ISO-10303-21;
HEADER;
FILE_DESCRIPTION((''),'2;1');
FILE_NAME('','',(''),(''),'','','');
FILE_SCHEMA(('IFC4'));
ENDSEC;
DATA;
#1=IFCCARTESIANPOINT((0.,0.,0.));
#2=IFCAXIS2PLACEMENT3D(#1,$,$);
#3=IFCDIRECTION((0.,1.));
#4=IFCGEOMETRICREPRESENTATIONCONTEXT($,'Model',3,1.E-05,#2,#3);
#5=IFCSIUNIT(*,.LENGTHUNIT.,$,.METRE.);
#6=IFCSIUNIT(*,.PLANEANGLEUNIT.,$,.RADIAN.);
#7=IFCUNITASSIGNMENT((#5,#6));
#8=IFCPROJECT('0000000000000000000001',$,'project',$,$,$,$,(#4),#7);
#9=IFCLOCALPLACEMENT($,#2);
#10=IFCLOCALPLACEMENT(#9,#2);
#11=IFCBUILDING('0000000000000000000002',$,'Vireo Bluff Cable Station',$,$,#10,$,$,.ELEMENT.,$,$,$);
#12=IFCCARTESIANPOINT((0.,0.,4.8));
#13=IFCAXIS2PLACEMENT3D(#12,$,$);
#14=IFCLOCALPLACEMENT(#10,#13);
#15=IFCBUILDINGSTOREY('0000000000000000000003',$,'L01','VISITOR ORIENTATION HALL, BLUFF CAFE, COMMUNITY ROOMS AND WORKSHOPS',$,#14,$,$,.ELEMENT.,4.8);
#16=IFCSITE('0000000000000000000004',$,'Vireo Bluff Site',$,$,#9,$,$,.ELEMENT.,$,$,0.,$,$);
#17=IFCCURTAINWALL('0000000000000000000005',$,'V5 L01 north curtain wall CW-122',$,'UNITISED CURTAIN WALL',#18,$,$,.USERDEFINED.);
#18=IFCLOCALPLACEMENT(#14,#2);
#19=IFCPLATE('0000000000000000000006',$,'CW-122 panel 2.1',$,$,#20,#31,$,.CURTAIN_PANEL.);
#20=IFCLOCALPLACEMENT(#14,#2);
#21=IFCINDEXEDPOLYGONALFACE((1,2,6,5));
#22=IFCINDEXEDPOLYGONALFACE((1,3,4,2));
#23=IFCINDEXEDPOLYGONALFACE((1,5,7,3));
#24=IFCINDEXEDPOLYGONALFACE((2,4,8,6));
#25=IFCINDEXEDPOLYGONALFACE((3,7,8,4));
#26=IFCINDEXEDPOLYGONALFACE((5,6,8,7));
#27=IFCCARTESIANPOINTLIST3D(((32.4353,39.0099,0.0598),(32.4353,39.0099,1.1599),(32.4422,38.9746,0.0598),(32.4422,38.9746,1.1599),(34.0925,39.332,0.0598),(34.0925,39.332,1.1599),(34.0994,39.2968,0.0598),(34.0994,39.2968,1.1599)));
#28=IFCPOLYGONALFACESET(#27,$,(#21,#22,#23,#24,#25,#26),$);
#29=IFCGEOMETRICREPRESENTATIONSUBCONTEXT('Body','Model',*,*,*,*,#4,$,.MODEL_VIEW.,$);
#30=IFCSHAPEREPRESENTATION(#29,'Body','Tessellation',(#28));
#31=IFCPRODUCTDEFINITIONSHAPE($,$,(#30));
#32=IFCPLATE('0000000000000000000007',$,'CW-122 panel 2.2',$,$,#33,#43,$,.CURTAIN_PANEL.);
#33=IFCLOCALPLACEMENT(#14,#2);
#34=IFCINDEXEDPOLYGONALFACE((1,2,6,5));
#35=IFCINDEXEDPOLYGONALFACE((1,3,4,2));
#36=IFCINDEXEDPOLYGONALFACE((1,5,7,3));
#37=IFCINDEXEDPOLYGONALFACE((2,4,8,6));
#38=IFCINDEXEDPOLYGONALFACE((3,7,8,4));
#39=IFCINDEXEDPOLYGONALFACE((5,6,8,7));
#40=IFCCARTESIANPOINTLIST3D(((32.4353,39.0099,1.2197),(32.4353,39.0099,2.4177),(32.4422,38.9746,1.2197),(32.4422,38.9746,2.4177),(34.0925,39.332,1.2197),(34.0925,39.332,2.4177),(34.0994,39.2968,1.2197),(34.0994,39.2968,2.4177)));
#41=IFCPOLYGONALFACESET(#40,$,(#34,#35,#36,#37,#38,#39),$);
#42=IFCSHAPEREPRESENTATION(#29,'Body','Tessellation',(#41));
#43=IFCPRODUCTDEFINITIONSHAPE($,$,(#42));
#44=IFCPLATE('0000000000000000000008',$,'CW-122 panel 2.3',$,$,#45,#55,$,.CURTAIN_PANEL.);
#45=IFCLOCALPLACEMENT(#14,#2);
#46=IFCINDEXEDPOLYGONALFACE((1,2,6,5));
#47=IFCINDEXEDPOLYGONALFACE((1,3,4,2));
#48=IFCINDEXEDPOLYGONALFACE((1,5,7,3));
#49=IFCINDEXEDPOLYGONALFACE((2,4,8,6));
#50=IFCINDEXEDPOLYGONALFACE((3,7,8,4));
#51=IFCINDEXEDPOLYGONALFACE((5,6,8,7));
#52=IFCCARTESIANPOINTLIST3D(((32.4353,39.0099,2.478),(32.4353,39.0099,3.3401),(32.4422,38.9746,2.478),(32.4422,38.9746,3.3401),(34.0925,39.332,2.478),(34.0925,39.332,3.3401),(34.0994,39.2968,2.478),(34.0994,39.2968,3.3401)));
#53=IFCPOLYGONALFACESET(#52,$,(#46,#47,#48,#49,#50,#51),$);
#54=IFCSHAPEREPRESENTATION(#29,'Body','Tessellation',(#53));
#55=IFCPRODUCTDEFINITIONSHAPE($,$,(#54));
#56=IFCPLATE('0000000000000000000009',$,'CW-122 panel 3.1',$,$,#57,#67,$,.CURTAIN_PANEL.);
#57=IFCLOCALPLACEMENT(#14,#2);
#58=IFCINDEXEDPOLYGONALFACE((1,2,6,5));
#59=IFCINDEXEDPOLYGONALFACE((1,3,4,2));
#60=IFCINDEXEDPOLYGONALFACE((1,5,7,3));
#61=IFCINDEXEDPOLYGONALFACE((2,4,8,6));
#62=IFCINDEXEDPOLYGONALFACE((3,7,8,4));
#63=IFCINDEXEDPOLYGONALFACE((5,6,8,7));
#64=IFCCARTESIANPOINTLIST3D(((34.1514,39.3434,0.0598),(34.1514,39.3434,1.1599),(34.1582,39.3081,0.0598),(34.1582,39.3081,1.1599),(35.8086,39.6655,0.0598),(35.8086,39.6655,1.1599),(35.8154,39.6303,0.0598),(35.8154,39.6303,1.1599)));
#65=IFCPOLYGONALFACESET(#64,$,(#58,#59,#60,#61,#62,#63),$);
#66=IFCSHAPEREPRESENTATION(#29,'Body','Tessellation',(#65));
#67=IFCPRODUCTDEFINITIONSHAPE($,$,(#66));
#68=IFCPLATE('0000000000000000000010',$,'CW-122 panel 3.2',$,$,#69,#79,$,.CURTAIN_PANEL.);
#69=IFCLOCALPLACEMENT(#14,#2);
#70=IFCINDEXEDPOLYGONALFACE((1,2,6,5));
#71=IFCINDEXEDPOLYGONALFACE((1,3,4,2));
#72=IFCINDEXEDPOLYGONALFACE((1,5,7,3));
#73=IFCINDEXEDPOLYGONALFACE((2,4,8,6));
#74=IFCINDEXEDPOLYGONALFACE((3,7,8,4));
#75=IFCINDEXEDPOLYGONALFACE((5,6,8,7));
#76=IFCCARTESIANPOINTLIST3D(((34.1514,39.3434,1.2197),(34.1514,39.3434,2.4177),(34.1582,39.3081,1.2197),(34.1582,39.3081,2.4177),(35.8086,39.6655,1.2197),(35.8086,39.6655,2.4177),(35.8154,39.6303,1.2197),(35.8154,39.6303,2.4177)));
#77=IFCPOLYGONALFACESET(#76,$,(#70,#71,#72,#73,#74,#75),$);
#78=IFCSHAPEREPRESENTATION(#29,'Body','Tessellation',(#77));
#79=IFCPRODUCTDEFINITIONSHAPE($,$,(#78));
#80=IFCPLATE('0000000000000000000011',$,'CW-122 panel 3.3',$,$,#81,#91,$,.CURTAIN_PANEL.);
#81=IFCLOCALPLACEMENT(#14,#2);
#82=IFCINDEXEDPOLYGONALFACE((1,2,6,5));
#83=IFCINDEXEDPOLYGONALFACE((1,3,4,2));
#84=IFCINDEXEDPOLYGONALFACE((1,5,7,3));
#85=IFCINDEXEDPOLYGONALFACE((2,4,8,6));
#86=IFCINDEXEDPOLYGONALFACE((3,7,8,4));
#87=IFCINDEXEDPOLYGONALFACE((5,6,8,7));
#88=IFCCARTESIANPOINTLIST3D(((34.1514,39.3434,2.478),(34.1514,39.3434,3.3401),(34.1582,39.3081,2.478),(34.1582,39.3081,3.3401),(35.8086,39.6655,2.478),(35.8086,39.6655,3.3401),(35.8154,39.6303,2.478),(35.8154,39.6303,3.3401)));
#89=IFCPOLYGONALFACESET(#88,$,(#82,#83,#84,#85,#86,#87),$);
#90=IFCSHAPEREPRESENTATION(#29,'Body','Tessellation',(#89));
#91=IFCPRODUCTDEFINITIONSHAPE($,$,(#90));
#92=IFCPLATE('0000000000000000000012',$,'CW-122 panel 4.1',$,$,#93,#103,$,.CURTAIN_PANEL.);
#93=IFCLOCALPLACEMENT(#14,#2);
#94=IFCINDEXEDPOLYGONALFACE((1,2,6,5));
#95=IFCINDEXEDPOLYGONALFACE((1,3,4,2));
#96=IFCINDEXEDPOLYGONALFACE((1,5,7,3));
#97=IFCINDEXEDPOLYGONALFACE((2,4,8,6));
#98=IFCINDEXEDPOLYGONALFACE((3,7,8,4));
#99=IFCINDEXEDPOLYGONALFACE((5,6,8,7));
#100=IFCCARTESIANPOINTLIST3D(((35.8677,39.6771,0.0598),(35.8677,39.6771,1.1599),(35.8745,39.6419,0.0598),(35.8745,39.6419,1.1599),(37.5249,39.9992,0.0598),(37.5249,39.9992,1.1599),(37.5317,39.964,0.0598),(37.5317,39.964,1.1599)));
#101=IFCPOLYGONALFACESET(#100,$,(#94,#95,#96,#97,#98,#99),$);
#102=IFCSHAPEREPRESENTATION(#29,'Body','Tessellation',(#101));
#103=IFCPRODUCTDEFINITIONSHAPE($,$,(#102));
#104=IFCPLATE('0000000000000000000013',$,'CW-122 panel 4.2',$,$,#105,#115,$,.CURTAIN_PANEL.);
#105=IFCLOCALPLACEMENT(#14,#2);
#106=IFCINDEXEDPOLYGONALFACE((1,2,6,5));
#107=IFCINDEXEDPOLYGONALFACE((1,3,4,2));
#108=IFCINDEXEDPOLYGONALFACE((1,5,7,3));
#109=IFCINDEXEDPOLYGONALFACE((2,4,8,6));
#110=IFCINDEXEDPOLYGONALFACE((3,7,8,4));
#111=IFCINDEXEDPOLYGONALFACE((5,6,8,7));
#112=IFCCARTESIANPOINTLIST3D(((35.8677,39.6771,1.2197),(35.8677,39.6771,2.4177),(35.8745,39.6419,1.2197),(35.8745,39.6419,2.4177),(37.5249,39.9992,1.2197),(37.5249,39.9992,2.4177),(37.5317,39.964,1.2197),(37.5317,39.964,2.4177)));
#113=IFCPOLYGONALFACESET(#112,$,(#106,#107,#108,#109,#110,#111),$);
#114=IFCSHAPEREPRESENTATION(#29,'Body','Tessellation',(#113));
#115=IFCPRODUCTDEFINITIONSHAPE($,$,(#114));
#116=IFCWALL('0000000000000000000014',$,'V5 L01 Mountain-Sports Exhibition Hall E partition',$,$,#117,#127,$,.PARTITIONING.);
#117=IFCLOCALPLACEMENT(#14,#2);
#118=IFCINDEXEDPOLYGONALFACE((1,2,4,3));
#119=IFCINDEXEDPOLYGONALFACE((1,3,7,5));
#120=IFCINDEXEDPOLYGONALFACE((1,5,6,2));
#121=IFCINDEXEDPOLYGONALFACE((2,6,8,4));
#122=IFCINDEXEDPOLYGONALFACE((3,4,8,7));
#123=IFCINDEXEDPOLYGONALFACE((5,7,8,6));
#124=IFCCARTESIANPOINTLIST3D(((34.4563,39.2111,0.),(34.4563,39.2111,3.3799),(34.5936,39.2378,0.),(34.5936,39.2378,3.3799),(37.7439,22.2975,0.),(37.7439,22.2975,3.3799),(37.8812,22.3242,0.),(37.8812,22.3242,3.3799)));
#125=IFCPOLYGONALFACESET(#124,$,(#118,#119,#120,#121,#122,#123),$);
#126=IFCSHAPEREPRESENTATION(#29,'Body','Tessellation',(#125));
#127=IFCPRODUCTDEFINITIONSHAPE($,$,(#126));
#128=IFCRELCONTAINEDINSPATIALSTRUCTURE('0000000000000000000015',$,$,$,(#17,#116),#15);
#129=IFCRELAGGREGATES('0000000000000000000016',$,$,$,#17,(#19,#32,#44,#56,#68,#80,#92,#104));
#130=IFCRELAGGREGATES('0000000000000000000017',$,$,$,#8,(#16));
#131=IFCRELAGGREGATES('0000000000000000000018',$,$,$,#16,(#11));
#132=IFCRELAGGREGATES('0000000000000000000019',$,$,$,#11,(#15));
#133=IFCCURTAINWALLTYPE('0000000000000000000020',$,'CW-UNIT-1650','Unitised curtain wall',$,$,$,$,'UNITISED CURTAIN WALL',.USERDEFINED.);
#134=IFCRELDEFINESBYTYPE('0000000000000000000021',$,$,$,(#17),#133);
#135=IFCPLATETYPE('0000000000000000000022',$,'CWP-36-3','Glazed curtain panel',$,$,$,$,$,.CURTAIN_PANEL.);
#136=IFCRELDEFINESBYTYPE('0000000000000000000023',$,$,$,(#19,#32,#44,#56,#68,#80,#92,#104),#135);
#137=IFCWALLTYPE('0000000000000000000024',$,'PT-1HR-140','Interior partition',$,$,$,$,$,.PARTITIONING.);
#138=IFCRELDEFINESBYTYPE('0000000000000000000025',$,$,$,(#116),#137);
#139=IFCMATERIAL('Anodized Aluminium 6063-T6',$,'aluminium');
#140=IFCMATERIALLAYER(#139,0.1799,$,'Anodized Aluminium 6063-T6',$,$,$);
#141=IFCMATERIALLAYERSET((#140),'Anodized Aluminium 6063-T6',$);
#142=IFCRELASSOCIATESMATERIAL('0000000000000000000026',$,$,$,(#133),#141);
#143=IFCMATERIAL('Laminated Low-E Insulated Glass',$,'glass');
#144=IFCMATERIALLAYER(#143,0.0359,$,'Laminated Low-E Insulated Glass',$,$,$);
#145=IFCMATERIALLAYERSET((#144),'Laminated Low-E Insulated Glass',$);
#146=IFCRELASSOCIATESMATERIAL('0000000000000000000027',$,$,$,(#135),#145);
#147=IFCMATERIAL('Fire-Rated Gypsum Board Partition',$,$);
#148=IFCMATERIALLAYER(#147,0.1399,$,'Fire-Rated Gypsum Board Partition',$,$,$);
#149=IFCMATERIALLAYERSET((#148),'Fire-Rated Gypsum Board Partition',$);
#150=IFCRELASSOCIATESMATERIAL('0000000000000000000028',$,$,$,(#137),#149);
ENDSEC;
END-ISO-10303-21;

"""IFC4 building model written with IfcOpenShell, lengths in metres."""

from ifc_helpers import new_model, si_unit, direction, frame, frame_2d, origin, origin_2d, place, context, subcontext, project, spatial, rectangle, extrude, material, layer, layer_set, type_object, element, aggregate, save


model = new_model("IFC4")

# Units and contexts
model_context = context("Model", 3, precision=1e-05, world=origin(), true_north=direction((0.0, 1.0)))
body_context = subcontext(model_context, "Body", "Model", "MODEL_VIEW")
ifc_project = project(units=[si_unit("LENGTHUNIT", "METRE"), si_unit("PLANEANGLEUNIT", "RADIAN")], contexts=[model_context])

# Site, building, storey
site_placement = place(None, origin())
site = spatial("IfcSite", under=ifc_project, at=site_placement, Name="Vireo Bluff Site", CompositionType="ELEMENT", RefElevation=0.0)
building_placement = place(site_placement, origin())
building = spatial("IfcBuilding", under=site, at=building_placement, Name="Vireo Bluff Cable Station", CompositionType="ELEMENT")
storey_placement = place(building_placement, frame((0.0, 0.0, 4.8)))
storey = spatial("IfcBuildingStorey", under=building, at=storey_placement, Name="L01", Description="VISITOR ORIENTATION HALL, BLUFF CAFE, COMMUNITY ROOMS AND WORKSHOPS", CompositionType="ELEMENT", Elevation=4.8)

# Curtain wall, plates
ifc_material_1 = material(Name="Anodized Aluminium 6063-T6", Category="aluminium")
ifc_layer_1 = layer(ifc_material_1, 0.1799, Name="Anodized Aluminium 6063-T6")
ifc_layer_set_1 = layer_set([ifc_layer_1], Name="Anodized Aluminium 6063-T6")
curtain_wall_type = type_object("IfcCurtainWallType", Name="CW-UNIT-1650", Description="Unitised curtain wall", ElementType="UNITISED CURTAIN WALL", PredefinedType="USERDEFINED", material=ifc_layer_set_1)
curtain_wall_placement = place(storey_placement, origin())
curtain_wall = element("IfcCurtainWall", 1, at=curtain_wall_placement, inside=storey, type_object=curtain_wall_type, Name="V5 L01 north curtain wall CW-122", ObjectType="UNITISED CURTAIN WALL", PredefinedType="USERDEFINED")
ifc_material_2 = material(Name="Laminated Low-E Insulated Glass", Category="glass")
ifc_layer_2 = layer(ifc_material_2, 0.0359, Name="Laminated Low-E Insulated Glass")
ifc_layer_set_2 = layer_set([ifc_layer_2], Name="Laminated Low-E Insulated Glass")
plate_type = type_object("IfcPlateType", Name="CWP-36-3", Description="Glazed curtain panel", PredefinedType="CURTAIN_PANEL", material=ifc_layer_set_2)
plate_1_placement = place(storey_placement, frame((33.2673, 39.1533, 0.0598), z_axis=(0.0, 0.0, 1.0), x_axis=(0.981627, 0.190809, 0.0)))
plate_1 = element("IfcPlate", 2, at=plate_1_placement, type_object=plate_type, Name="CW-122 panel 2.1", PredefinedType="CURTAIN_PANEL", context=body_context, shape_type="SweptSolid", body=[
    extrude(rectangle(XDim=1.6882, YDim=0.0359, at=origin_2d()), origin(), (0.0, 0.0, 1.0), 1.1001),
])
plate_2_placement = place(storey_placement, frame((33.2673, 39.1533, 1.2197), z_axis=(0.0, 0.0, 1.0), x_axis=(0.981627, 0.190809, 0.0)))
plate_2 = element("IfcPlate", 3, at=plate_2_placement, type_object=plate_type, Name="CW-122 panel 2.2", PredefinedType="CURTAIN_PANEL", context=body_context, shape_type="SweptSolid", body=[
    extrude(rectangle(XDim=1.6882, YDim=0.0359, at=origin_2d()), origin(), (0.0, 0.0, 1.0), 1.198),
])
plate_3_placement = place(storey_placement, frame((33.2673, 39.1533, 2.478), z_axis=(0.0, 0.0, 1.0), x_axis=(0.981627, 0.190809, 0.0)))
plate_3 = element("IfcPlate", 4, at=plate_3_placement, type_object=plate_type, Name="CW-122 panel 2.3", PredefinedType="CURTAIN_PANEL", context=body_context, shape_type="SweptSolid", body=[
    extrude(rectangle(XDim=1.6882, YDim=0.0359, at=origin_2d()), origin(), (0.0, 0.0, 1.0), 0.8621),
])
plate_4_placement = place(storey_placement, frame((34.9834, 39.4868, 0.0598), z_axis=(0.0, 0.0, 1.0), x_axis=(0.981627, 0.190809, 0.0)))
plate_4 = element("IfcPlate", 5, at=plate_4_placement, type_object=plate_type, Name="CW-122 panel 3.1", PredefinedType="CURTAIN_PANEL", context=body_context, shape_type="SweptSolid", body=[
    extrude(rectangle(XDim=1.6882, YDim=0.0359, at=origin_2d()), origin(), (0.0, 0.0, 1.0), 1.1001),
])
plate_5_placement = place(storey_placement, frame((34.9834, 39.4868, 1.2197), z_axis=(0.0, 0.0, 1.0), x_axis=(0.981627, 0.190809, 0.0)))
plate_5 = element("IfcPlate", 6, at=plate_5_placement, type_object=plate_type, Name="CW-122 panel 3.2", PredefinedType="CURTAIN_PANEL", context=body_context, shape_type="SweptSolid", body=[
    extrude(rectangle(XDim=1.6882, YDim=0.0359, at=origin_2d()), origin(), (0.0, 0.0, 1.0), 1.198),
])
plate_6_placement = place(storey_placement, frame((34.9834, 39.4868, 2.478), z_axis=(0.0, 0.0, 1.0), x_axis=(0.981627, 0.190809, 0.0)))
plate_6 = element("IfcPlate", 7, at=plate_6_placement, type_object=plate_type, Name="CW-122 panel 3.3", PredefinedType="CURTAIN_PANEL", context=body_context, shape_type="SweptSolid", body=[
    extrude(rectangle(XDim=1.6882, YDim=0.0359, at=origin_2d()), origin(), (0.0, 0.0, 1.0), 0.8621),
])
plate_7_placement = place(storey_placement, frame((36.6997, 39.8206, 0.0598), z_axis=(0.0, 0.0, 1.0), x_axis=(0.981627, 0.190809, 0.0)))
plate_7 = element("IfcPlate", 8, at=plate_7_placement, type_object=plate_type, Name="CW-122 panel 4.1", PredefinedType="CURTAIN_PANEL", context=body_context, shape_type="SweptSolid", body=[
    extrude(rectangle(XDim=1.6882, YDim=0.0359, at=origin_2d()), origin(), (0.0, 0.0, 1.0), 1.1001),
])
plate_8_placement = place(storey_placement, frame((36.6997, 39.8206, 1.2197), z_axis=(0.0, 0.0, 1.0), x_axis=(0.981627, 0.190809, 0.0)))
plate_8 = element("IfcPlate", 9, at=plate_8_placement, type_object=plate_type, Name="CW-122 panel 4.2", PredefinedType="CURTAIN_PANEL", context=body_context, shape_type="SweptSolid", body=[
    extrude(rectangle(XDim=1.6882, YDim=0.0359, at=origin_2d()), origin(), (0.0, 0.0, 1.0), 1.198),
])
aggregate(curtain_wall, [plate_1, plate_2, plate_3, plate_4, plate_5, plate_6, plate_7, plate_8])

# Wall
ifc_material_3 = material(Name="Fire-Rated Gypsum Board Partition")
ifc_layer_3 = layer(ifc_material_3, 0.1399, Name="Fire-Rated Gypsum Board Partition")
ifc_layer_set_3 = layer_set([ifc_layer_3], Name="Fire-Rated Gypsum Board Partition")
wall_type = type_object("IfcWallType", Name="PT-1HR-140", Description="Interior partition", PredefinedType="PARTITIONING", material=ifc_layer_set_3)
wall_placement = place(storey_placement, frame((34.5249, 39.2246, 0.0), z_axis=(0.0, 0.0, 1.0), x_axis=(0.190805, -0.981628, 0.0)))
element("IfcWall", 10, at=wall_placement, inside=storey, type_object=wall_type, Name="V5 L01 Mountain-Sports Exhibition Hall E partition", PredefinedType="PARTITIONING", context=body_context, shape_type="SweptSolid", body=[
    extrude(rectangle(XDim=17.2302, YDim=0.1399, at=frame_2d((8.6152, 0.0))), origin(), (0.0, 0.0, 1.0), 3.3799),
])

save(model, "model.ifc")
